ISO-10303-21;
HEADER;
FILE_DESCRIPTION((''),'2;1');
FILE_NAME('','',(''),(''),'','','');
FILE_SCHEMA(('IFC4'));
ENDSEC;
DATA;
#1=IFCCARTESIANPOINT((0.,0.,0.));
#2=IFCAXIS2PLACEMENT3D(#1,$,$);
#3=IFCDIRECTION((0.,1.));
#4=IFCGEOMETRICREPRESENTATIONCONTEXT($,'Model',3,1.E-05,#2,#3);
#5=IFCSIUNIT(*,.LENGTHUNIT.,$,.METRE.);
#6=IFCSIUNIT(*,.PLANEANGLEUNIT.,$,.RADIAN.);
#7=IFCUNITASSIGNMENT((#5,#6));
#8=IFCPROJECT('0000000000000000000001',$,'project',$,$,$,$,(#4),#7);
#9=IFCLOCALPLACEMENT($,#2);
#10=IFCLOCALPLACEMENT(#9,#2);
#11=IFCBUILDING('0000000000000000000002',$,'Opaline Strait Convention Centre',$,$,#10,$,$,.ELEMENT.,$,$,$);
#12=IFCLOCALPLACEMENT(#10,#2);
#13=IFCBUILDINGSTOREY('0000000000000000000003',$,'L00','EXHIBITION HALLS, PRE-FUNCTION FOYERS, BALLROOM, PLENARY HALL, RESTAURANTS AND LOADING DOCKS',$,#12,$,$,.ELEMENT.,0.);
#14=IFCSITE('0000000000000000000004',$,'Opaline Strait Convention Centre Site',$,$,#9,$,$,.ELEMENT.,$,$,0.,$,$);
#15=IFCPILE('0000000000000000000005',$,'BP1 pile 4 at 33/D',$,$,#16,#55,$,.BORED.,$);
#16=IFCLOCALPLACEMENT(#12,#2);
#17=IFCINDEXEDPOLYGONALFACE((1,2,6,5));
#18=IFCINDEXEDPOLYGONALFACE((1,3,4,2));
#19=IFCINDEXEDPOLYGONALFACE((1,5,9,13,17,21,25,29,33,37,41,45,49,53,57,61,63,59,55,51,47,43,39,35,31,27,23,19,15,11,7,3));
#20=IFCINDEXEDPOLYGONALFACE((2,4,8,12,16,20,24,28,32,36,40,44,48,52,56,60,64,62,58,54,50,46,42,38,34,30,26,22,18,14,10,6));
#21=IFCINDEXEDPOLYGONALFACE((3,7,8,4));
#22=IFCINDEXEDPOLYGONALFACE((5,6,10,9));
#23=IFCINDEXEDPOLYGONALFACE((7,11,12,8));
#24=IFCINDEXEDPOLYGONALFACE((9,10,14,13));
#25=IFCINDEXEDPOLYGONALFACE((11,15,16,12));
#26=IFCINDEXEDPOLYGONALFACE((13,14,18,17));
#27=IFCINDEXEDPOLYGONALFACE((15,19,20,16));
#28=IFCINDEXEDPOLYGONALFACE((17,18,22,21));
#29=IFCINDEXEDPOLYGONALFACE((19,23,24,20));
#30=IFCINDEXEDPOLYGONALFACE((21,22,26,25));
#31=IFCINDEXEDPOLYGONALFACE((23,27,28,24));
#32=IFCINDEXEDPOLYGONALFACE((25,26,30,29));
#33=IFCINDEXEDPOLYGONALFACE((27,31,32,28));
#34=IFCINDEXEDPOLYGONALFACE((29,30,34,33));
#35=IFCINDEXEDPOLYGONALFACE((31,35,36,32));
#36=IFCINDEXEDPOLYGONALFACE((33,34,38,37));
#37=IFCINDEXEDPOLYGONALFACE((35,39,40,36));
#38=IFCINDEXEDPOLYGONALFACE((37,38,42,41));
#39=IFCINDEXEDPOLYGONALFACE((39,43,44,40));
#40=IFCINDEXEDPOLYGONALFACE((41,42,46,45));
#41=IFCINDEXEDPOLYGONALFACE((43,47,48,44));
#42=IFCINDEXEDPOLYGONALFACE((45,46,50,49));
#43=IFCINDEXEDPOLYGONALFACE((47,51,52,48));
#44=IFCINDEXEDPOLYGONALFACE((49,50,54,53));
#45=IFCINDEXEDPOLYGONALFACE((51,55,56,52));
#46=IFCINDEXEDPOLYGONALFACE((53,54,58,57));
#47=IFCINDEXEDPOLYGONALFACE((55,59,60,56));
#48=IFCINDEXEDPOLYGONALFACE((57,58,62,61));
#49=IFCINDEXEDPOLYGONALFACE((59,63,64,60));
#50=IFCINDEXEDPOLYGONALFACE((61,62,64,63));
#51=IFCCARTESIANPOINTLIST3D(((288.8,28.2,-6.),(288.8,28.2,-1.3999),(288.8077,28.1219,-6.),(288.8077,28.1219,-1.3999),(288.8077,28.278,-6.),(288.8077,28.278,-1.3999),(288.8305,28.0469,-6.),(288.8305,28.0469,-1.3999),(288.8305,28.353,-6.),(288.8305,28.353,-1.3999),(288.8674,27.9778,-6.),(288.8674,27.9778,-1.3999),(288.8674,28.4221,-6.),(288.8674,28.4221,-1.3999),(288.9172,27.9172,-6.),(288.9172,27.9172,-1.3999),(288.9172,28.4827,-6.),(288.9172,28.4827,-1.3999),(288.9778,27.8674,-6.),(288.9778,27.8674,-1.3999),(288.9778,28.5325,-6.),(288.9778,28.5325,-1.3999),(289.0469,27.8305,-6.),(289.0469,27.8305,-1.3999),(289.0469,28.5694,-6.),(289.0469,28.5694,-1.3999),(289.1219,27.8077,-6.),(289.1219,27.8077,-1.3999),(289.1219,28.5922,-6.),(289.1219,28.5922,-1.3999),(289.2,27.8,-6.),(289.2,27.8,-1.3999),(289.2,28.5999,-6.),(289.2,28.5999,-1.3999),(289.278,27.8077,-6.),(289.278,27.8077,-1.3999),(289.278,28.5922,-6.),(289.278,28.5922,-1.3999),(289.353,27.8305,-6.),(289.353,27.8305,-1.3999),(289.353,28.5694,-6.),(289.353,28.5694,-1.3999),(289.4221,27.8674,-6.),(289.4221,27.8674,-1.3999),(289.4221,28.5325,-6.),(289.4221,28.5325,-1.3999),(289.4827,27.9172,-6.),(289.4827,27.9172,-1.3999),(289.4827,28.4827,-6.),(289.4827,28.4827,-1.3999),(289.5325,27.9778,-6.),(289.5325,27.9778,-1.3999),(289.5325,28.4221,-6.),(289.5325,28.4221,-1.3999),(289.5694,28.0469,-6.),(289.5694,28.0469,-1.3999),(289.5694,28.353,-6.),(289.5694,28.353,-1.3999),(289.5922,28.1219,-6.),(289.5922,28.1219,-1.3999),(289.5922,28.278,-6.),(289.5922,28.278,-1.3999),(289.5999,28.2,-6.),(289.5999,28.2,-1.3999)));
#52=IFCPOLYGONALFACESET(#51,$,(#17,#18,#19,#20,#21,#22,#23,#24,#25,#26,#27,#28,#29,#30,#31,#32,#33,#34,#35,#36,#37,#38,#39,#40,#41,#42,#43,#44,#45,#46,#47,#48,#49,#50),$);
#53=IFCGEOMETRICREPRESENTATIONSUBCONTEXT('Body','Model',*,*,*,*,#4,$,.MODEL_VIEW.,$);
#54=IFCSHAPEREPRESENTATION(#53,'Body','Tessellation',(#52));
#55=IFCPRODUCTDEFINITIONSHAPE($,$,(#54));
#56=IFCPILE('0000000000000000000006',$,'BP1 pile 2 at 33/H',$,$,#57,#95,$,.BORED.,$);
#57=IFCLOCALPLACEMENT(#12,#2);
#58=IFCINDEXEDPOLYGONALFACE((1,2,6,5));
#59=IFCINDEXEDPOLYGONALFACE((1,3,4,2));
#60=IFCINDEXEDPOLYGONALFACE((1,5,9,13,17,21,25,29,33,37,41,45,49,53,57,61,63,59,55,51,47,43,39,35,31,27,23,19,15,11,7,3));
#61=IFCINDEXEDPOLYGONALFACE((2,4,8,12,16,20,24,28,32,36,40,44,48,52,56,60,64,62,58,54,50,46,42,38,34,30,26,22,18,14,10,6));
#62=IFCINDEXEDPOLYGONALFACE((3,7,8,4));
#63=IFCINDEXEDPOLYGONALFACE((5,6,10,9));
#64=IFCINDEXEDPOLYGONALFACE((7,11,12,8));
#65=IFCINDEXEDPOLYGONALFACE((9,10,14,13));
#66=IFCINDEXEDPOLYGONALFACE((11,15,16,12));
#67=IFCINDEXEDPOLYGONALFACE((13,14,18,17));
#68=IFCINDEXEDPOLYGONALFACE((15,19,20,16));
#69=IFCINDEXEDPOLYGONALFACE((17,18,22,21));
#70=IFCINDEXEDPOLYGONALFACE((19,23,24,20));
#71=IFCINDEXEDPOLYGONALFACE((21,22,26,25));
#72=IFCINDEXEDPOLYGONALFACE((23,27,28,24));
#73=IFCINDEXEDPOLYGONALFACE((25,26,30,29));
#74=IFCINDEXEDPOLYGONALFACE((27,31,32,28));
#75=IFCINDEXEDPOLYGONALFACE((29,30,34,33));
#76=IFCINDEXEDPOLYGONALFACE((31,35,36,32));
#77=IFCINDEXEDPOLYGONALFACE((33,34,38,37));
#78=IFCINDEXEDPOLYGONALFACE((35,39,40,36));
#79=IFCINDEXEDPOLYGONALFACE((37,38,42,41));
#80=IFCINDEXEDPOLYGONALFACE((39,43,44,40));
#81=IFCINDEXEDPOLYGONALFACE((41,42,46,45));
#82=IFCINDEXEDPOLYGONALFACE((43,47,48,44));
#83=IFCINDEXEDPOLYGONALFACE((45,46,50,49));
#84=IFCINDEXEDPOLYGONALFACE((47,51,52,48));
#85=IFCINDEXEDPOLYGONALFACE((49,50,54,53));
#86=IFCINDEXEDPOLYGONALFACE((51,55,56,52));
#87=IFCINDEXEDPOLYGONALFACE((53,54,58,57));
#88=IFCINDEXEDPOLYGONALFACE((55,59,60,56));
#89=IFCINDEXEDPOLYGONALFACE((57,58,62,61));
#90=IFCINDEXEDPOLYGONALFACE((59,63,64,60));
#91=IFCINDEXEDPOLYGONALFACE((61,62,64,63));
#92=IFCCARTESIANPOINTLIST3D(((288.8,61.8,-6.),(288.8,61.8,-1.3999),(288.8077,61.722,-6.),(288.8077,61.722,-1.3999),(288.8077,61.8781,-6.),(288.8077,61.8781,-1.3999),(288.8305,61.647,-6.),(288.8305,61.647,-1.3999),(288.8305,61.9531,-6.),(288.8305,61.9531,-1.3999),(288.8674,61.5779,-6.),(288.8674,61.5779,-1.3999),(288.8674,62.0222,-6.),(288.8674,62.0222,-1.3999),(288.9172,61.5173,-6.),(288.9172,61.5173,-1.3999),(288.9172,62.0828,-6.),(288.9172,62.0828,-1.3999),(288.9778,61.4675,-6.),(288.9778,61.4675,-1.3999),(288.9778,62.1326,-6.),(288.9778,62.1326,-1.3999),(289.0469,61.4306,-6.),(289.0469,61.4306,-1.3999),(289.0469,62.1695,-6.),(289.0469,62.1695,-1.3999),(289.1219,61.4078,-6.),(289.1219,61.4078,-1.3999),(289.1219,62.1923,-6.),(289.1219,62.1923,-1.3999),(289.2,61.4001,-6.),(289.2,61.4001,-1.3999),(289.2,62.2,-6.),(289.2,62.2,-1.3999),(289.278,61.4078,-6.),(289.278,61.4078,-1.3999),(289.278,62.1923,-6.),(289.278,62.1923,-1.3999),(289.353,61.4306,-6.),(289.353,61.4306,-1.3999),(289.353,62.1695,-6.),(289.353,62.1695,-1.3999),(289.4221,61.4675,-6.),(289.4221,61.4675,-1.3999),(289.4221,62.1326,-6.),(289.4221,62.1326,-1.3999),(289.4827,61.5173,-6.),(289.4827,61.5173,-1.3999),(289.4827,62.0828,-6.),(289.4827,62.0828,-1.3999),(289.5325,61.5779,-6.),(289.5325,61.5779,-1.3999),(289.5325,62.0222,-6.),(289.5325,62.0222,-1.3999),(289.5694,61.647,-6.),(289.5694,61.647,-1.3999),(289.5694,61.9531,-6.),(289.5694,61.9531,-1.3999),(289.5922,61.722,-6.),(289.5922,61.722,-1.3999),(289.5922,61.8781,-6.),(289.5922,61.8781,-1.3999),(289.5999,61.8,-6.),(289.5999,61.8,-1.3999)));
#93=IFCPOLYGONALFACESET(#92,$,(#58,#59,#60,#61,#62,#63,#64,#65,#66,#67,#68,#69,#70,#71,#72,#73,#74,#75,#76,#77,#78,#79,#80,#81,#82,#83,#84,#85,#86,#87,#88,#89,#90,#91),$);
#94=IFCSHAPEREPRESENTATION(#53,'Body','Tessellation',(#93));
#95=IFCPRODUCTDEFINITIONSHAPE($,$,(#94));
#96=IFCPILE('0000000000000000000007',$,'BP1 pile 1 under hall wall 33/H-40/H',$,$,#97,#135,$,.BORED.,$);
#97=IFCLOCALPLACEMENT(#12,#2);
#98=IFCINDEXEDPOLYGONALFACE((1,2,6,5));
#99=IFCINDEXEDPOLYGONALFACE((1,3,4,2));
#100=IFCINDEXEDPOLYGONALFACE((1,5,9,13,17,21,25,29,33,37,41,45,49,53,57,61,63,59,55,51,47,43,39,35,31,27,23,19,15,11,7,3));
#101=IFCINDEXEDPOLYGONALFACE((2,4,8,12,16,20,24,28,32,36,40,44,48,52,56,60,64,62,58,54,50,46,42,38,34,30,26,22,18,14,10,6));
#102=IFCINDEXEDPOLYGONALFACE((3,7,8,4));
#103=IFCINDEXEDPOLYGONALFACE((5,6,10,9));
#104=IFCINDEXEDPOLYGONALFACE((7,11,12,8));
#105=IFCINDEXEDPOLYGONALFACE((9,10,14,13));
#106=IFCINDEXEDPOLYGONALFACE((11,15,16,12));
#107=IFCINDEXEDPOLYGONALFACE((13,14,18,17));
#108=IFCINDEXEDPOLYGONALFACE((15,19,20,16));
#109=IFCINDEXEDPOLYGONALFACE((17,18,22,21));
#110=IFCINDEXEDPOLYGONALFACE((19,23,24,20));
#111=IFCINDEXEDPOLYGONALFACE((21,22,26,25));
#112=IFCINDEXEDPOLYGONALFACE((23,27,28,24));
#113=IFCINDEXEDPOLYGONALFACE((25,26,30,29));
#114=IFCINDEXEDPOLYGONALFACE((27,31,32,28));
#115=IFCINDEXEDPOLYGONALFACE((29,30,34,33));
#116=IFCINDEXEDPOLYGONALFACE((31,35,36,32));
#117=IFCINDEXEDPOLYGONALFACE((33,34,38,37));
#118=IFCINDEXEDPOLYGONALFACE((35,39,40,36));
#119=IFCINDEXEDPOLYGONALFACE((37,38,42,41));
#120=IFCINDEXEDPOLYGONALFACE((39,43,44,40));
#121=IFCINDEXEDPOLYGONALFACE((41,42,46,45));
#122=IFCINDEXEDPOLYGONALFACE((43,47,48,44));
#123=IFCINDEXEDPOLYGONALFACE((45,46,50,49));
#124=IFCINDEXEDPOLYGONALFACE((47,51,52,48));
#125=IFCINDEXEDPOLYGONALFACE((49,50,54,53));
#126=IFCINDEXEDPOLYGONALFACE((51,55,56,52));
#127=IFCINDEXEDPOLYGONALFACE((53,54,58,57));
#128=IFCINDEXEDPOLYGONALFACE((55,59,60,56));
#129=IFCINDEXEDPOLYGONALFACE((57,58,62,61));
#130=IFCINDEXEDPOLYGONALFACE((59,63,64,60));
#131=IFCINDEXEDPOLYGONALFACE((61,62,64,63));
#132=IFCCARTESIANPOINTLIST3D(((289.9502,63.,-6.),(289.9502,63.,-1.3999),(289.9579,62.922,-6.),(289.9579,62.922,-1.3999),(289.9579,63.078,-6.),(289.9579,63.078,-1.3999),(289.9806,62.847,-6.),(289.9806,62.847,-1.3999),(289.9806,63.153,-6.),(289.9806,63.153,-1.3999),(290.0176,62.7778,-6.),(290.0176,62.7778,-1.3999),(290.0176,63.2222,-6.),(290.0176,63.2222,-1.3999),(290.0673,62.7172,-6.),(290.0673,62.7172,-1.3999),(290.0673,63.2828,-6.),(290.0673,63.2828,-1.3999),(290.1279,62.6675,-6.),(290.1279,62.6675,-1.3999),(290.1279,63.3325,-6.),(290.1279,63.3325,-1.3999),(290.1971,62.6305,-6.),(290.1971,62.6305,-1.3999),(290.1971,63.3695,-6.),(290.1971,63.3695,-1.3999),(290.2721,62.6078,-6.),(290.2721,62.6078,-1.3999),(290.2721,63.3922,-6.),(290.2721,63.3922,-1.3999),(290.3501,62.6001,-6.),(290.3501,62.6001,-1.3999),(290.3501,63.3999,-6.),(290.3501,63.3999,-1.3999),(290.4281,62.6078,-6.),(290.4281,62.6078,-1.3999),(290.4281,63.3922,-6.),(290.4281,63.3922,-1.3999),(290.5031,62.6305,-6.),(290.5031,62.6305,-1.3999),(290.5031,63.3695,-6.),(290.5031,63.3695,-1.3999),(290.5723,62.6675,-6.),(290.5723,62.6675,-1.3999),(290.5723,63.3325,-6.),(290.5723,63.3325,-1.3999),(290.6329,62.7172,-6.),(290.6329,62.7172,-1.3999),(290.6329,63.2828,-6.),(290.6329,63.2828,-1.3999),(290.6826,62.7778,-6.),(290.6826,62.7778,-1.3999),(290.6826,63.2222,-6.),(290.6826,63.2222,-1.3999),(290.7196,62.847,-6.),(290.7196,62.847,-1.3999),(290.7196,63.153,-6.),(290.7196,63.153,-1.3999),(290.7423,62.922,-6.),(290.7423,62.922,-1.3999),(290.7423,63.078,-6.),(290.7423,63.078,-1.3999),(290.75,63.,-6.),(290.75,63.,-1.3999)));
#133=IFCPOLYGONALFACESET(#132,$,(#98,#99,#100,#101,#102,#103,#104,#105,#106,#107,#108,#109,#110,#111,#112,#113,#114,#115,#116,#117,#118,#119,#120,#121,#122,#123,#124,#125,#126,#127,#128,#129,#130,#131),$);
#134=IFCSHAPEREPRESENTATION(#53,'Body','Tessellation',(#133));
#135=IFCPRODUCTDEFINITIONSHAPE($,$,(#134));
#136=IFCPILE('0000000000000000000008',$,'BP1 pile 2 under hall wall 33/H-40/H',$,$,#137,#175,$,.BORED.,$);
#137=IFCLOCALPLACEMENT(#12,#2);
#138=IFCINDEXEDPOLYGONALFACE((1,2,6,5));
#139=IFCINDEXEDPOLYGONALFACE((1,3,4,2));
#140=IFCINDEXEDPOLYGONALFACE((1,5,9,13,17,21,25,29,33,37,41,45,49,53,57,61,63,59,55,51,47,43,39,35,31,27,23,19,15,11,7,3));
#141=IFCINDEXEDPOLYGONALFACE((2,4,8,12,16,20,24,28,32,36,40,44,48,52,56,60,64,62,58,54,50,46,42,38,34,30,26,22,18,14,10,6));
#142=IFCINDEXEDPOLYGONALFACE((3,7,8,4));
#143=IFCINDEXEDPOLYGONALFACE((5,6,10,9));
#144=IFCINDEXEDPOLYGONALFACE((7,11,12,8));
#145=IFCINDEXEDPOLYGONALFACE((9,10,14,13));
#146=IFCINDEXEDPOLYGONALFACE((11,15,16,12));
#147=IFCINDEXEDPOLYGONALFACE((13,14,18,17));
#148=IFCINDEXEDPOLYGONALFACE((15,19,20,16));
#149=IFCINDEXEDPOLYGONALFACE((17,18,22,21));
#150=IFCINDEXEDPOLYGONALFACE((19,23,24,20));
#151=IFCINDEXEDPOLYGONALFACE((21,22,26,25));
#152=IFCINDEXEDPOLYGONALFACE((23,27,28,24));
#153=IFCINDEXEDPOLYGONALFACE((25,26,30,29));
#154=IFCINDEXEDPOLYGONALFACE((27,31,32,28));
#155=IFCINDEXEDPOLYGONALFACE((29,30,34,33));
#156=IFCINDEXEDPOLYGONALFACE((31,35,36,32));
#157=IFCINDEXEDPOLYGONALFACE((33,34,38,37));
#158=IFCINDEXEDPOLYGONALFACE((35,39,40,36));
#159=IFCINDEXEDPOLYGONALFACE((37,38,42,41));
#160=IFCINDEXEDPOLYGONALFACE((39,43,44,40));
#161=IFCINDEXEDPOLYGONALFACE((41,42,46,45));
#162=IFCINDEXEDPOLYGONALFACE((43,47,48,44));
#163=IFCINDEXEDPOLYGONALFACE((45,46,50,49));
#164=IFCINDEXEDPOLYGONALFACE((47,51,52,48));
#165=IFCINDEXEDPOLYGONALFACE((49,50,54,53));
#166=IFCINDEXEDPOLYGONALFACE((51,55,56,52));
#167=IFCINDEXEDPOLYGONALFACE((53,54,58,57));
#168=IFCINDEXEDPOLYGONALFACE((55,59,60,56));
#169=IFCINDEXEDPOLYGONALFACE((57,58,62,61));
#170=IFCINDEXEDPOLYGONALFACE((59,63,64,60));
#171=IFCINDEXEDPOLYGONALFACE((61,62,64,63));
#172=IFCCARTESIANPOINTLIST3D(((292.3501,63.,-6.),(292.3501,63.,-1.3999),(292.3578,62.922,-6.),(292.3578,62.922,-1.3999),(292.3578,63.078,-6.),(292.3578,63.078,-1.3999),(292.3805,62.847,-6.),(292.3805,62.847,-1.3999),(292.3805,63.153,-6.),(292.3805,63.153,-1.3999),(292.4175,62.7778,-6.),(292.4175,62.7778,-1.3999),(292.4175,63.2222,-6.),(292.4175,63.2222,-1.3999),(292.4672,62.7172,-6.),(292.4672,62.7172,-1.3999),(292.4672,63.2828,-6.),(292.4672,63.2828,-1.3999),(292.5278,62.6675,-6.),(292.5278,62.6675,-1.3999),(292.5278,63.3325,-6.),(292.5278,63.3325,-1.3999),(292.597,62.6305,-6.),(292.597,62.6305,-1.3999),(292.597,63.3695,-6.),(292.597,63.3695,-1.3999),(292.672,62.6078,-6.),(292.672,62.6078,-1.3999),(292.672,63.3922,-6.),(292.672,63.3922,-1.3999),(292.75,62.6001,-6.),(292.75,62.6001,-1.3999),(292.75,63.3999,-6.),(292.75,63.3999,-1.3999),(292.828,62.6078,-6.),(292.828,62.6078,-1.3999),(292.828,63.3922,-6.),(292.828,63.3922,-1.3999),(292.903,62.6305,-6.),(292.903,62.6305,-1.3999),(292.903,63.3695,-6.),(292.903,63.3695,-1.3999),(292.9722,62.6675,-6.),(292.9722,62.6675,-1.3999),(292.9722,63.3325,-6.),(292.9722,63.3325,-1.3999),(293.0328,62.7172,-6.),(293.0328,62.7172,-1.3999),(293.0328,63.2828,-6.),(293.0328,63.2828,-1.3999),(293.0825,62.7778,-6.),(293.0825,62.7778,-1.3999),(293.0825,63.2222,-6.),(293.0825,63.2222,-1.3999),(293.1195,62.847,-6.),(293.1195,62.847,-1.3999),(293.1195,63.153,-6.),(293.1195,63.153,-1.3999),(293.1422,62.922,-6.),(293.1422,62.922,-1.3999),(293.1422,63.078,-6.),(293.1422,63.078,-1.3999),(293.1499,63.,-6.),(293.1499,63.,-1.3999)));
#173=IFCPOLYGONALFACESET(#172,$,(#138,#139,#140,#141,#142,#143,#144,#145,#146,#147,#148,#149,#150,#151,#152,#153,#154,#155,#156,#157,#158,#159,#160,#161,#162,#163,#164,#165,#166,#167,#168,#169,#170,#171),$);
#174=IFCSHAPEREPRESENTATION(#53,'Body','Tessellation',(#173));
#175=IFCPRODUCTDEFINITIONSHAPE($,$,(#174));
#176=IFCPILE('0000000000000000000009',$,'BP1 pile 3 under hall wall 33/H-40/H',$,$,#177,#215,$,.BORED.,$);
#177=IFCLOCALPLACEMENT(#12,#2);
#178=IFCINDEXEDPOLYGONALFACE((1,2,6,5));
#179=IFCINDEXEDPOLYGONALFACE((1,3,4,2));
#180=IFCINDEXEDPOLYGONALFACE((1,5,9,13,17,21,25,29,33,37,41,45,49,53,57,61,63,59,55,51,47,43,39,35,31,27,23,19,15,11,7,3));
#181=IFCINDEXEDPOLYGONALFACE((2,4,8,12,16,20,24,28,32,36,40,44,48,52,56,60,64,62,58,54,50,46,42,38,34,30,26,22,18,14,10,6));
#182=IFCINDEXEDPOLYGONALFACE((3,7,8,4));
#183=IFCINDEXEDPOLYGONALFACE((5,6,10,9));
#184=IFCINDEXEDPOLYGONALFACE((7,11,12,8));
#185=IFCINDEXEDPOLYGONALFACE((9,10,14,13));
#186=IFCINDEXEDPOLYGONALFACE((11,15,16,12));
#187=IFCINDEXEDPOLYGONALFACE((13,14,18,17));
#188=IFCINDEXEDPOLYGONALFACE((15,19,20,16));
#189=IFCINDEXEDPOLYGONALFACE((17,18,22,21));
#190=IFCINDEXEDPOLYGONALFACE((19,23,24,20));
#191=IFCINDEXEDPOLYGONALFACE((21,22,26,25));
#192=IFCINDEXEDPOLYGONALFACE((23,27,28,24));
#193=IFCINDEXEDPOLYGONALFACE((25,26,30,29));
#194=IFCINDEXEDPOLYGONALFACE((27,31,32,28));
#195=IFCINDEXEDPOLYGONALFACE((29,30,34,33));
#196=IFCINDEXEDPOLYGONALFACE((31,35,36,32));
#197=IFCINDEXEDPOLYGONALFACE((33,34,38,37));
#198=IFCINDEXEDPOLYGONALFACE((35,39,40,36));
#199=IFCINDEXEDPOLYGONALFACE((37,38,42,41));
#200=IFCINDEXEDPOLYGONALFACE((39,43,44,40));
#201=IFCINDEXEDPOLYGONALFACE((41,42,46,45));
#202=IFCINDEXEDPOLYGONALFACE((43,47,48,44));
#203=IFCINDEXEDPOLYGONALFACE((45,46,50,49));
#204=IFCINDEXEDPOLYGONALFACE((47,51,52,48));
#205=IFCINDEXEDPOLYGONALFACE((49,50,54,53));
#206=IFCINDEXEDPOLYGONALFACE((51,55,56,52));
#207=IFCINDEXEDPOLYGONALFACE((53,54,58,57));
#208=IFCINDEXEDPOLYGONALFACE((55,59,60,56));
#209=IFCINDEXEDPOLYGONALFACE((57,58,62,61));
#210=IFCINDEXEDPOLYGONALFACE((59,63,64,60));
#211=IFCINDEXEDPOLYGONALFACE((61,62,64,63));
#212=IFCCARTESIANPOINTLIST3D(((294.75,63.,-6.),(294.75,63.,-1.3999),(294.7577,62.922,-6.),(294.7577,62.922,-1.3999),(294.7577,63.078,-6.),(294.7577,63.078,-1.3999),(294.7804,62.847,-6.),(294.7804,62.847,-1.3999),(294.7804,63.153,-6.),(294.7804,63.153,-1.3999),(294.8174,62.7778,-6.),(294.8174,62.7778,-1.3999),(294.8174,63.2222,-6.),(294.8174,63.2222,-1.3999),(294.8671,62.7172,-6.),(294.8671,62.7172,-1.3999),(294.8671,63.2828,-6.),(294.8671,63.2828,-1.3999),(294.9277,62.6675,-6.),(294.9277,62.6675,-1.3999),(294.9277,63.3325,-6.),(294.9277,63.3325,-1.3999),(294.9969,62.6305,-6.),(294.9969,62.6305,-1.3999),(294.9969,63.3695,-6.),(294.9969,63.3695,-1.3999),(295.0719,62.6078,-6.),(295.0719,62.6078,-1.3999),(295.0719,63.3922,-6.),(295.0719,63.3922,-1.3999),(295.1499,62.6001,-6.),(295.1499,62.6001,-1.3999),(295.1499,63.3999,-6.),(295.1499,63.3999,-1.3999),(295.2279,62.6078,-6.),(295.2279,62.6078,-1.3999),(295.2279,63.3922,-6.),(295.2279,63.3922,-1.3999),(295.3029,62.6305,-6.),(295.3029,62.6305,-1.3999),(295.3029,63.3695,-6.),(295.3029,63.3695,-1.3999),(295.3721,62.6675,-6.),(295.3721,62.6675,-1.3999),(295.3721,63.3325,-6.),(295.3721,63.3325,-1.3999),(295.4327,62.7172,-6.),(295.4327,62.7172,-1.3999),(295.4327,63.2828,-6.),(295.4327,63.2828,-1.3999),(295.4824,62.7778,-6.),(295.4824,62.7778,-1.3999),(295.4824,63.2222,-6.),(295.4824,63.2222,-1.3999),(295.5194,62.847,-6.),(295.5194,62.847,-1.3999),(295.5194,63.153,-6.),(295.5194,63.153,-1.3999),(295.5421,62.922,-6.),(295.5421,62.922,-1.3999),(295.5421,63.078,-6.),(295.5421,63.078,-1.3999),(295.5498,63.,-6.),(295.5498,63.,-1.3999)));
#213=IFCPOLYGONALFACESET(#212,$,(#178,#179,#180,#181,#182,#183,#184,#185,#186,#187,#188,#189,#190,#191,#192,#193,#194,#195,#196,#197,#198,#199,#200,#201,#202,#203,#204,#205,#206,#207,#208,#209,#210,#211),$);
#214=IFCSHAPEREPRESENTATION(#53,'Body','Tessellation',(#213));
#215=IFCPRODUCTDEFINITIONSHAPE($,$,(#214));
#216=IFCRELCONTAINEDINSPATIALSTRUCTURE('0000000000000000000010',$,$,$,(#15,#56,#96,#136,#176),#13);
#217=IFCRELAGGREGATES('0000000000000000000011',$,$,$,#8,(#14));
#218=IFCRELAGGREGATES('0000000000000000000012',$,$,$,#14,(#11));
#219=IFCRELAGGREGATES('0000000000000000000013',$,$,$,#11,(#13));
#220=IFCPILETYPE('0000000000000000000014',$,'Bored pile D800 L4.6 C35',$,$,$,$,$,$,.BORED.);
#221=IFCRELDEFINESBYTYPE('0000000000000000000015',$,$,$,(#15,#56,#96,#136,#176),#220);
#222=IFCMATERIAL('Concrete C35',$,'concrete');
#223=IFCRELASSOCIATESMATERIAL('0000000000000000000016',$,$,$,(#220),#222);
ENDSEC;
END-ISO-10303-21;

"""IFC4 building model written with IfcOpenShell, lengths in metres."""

from ifc_helpers import new_model, si_unit, direction, frame, origin, origin_2d, place, context, subcontext, project, spatial, circle, extrude, material, material_profile, profile_set, type_object, element, save


model = new_model("IFC4")

# Units and contexts
model_context = context("Model", 3, precision=1e-05, world=origin(), true_north=direction((0.0, 1.0)))
body_context = subcontext(model_context, "Body", "Model", "MODEL_VIEW")
ifc_project = project(units=[si_unit("LENGTHUNIT", "METRE"), si_unit("PLANEANGLEUNIT", "RADIAN")], contexts=[model_context])

# Site, building, storey
site_placement = place(None, origin())
site = spatial("IfcSite", under=ifc_project, at=site_placement, Name="Opaline Strait Convention Centre Site", CompositionType="ELEMENT", RefElevation=0.0)
building_placement = place(site_placement, origin())
building = spatial("IfcBuilding", under=site, at=building_placement, Name="Opaline Strait Convention Centre", CompositionType="ELEMENT")
storey_placement = place(building_placement, origin())
storey = spatial("IfcBuildingStorey", under=building, at=storey_placement, Name="L00", Description="EXHIBITION HALLS, PRE-FUNCTION FOYERS, BALLROOM, PLENARY HALL, RESTAURANTS AND LOADING DOCKS", CompositionType="ELEMENT", Elevation=0.0)

# Piles
ifc_material_1 = material(Name="Concrete C35", Category="concrete")
ifc_material_profile = material_profile(ifc_material_1, circle(Radius=0.3999, at=origin_2d()), Name="D800")
ifc_profile_set = profile_set([ifc_material_profile], Name="Concrete C35")
pile_type = type_object("IfcPileType", Name="Bored pile D800 L4.6 C35", PredefinedType="BORED", material=ifc_profile_set)
for number, where, z_axis, x_axis, name in (
    (1, (289.2, 28.2, -1.3999), (0.0, 0.0, -1.0), (1.0, 0.0, 0.0), "BP1 pile 4 at 33/D"),
    (2, (289.2, 61.8, -1.3999), (0.0, 0.0, -1.0), (1.0, 0.0, 0.0), "BP1 pile 2 at 33/H"),
    (3, (290.3501, 63.0, -1.3999), (0.0, 0.0, -1.0), (1.0, 0.0, 0.0), "BP1 pile 1 under hall wall 33/H-40/H"),
    (4, (292.75, 63.0, -1.3999), (0.0, 0.0, -1.0), (1.0, 0.0, 0.0), "BP1 pile 2 under hall wall 33/H-40/H"),
    (5, (295.1499, 63.0, -1.3999), (0.0, 0.0, -1.0), (1.0, 0.0, 0.0), "BP1 pile 3 under hall wall 33/H-40/H"),
):
    element("IfcPile", number, at=place(storey_placement, frame(where, z_axis=z_axis, x_axis=x_axis)), inside=storey, type_object=pile_type, Name=name, PredefinedType="BORED", context=body_context, shape_type="SweptSolid", body=[
        extrude(circle(Radius=0.3999, at=origin_2d()), origin(), (0.0, 0.0, 1.0), 4.6001),
    ])

save(model, "model.ifc")
